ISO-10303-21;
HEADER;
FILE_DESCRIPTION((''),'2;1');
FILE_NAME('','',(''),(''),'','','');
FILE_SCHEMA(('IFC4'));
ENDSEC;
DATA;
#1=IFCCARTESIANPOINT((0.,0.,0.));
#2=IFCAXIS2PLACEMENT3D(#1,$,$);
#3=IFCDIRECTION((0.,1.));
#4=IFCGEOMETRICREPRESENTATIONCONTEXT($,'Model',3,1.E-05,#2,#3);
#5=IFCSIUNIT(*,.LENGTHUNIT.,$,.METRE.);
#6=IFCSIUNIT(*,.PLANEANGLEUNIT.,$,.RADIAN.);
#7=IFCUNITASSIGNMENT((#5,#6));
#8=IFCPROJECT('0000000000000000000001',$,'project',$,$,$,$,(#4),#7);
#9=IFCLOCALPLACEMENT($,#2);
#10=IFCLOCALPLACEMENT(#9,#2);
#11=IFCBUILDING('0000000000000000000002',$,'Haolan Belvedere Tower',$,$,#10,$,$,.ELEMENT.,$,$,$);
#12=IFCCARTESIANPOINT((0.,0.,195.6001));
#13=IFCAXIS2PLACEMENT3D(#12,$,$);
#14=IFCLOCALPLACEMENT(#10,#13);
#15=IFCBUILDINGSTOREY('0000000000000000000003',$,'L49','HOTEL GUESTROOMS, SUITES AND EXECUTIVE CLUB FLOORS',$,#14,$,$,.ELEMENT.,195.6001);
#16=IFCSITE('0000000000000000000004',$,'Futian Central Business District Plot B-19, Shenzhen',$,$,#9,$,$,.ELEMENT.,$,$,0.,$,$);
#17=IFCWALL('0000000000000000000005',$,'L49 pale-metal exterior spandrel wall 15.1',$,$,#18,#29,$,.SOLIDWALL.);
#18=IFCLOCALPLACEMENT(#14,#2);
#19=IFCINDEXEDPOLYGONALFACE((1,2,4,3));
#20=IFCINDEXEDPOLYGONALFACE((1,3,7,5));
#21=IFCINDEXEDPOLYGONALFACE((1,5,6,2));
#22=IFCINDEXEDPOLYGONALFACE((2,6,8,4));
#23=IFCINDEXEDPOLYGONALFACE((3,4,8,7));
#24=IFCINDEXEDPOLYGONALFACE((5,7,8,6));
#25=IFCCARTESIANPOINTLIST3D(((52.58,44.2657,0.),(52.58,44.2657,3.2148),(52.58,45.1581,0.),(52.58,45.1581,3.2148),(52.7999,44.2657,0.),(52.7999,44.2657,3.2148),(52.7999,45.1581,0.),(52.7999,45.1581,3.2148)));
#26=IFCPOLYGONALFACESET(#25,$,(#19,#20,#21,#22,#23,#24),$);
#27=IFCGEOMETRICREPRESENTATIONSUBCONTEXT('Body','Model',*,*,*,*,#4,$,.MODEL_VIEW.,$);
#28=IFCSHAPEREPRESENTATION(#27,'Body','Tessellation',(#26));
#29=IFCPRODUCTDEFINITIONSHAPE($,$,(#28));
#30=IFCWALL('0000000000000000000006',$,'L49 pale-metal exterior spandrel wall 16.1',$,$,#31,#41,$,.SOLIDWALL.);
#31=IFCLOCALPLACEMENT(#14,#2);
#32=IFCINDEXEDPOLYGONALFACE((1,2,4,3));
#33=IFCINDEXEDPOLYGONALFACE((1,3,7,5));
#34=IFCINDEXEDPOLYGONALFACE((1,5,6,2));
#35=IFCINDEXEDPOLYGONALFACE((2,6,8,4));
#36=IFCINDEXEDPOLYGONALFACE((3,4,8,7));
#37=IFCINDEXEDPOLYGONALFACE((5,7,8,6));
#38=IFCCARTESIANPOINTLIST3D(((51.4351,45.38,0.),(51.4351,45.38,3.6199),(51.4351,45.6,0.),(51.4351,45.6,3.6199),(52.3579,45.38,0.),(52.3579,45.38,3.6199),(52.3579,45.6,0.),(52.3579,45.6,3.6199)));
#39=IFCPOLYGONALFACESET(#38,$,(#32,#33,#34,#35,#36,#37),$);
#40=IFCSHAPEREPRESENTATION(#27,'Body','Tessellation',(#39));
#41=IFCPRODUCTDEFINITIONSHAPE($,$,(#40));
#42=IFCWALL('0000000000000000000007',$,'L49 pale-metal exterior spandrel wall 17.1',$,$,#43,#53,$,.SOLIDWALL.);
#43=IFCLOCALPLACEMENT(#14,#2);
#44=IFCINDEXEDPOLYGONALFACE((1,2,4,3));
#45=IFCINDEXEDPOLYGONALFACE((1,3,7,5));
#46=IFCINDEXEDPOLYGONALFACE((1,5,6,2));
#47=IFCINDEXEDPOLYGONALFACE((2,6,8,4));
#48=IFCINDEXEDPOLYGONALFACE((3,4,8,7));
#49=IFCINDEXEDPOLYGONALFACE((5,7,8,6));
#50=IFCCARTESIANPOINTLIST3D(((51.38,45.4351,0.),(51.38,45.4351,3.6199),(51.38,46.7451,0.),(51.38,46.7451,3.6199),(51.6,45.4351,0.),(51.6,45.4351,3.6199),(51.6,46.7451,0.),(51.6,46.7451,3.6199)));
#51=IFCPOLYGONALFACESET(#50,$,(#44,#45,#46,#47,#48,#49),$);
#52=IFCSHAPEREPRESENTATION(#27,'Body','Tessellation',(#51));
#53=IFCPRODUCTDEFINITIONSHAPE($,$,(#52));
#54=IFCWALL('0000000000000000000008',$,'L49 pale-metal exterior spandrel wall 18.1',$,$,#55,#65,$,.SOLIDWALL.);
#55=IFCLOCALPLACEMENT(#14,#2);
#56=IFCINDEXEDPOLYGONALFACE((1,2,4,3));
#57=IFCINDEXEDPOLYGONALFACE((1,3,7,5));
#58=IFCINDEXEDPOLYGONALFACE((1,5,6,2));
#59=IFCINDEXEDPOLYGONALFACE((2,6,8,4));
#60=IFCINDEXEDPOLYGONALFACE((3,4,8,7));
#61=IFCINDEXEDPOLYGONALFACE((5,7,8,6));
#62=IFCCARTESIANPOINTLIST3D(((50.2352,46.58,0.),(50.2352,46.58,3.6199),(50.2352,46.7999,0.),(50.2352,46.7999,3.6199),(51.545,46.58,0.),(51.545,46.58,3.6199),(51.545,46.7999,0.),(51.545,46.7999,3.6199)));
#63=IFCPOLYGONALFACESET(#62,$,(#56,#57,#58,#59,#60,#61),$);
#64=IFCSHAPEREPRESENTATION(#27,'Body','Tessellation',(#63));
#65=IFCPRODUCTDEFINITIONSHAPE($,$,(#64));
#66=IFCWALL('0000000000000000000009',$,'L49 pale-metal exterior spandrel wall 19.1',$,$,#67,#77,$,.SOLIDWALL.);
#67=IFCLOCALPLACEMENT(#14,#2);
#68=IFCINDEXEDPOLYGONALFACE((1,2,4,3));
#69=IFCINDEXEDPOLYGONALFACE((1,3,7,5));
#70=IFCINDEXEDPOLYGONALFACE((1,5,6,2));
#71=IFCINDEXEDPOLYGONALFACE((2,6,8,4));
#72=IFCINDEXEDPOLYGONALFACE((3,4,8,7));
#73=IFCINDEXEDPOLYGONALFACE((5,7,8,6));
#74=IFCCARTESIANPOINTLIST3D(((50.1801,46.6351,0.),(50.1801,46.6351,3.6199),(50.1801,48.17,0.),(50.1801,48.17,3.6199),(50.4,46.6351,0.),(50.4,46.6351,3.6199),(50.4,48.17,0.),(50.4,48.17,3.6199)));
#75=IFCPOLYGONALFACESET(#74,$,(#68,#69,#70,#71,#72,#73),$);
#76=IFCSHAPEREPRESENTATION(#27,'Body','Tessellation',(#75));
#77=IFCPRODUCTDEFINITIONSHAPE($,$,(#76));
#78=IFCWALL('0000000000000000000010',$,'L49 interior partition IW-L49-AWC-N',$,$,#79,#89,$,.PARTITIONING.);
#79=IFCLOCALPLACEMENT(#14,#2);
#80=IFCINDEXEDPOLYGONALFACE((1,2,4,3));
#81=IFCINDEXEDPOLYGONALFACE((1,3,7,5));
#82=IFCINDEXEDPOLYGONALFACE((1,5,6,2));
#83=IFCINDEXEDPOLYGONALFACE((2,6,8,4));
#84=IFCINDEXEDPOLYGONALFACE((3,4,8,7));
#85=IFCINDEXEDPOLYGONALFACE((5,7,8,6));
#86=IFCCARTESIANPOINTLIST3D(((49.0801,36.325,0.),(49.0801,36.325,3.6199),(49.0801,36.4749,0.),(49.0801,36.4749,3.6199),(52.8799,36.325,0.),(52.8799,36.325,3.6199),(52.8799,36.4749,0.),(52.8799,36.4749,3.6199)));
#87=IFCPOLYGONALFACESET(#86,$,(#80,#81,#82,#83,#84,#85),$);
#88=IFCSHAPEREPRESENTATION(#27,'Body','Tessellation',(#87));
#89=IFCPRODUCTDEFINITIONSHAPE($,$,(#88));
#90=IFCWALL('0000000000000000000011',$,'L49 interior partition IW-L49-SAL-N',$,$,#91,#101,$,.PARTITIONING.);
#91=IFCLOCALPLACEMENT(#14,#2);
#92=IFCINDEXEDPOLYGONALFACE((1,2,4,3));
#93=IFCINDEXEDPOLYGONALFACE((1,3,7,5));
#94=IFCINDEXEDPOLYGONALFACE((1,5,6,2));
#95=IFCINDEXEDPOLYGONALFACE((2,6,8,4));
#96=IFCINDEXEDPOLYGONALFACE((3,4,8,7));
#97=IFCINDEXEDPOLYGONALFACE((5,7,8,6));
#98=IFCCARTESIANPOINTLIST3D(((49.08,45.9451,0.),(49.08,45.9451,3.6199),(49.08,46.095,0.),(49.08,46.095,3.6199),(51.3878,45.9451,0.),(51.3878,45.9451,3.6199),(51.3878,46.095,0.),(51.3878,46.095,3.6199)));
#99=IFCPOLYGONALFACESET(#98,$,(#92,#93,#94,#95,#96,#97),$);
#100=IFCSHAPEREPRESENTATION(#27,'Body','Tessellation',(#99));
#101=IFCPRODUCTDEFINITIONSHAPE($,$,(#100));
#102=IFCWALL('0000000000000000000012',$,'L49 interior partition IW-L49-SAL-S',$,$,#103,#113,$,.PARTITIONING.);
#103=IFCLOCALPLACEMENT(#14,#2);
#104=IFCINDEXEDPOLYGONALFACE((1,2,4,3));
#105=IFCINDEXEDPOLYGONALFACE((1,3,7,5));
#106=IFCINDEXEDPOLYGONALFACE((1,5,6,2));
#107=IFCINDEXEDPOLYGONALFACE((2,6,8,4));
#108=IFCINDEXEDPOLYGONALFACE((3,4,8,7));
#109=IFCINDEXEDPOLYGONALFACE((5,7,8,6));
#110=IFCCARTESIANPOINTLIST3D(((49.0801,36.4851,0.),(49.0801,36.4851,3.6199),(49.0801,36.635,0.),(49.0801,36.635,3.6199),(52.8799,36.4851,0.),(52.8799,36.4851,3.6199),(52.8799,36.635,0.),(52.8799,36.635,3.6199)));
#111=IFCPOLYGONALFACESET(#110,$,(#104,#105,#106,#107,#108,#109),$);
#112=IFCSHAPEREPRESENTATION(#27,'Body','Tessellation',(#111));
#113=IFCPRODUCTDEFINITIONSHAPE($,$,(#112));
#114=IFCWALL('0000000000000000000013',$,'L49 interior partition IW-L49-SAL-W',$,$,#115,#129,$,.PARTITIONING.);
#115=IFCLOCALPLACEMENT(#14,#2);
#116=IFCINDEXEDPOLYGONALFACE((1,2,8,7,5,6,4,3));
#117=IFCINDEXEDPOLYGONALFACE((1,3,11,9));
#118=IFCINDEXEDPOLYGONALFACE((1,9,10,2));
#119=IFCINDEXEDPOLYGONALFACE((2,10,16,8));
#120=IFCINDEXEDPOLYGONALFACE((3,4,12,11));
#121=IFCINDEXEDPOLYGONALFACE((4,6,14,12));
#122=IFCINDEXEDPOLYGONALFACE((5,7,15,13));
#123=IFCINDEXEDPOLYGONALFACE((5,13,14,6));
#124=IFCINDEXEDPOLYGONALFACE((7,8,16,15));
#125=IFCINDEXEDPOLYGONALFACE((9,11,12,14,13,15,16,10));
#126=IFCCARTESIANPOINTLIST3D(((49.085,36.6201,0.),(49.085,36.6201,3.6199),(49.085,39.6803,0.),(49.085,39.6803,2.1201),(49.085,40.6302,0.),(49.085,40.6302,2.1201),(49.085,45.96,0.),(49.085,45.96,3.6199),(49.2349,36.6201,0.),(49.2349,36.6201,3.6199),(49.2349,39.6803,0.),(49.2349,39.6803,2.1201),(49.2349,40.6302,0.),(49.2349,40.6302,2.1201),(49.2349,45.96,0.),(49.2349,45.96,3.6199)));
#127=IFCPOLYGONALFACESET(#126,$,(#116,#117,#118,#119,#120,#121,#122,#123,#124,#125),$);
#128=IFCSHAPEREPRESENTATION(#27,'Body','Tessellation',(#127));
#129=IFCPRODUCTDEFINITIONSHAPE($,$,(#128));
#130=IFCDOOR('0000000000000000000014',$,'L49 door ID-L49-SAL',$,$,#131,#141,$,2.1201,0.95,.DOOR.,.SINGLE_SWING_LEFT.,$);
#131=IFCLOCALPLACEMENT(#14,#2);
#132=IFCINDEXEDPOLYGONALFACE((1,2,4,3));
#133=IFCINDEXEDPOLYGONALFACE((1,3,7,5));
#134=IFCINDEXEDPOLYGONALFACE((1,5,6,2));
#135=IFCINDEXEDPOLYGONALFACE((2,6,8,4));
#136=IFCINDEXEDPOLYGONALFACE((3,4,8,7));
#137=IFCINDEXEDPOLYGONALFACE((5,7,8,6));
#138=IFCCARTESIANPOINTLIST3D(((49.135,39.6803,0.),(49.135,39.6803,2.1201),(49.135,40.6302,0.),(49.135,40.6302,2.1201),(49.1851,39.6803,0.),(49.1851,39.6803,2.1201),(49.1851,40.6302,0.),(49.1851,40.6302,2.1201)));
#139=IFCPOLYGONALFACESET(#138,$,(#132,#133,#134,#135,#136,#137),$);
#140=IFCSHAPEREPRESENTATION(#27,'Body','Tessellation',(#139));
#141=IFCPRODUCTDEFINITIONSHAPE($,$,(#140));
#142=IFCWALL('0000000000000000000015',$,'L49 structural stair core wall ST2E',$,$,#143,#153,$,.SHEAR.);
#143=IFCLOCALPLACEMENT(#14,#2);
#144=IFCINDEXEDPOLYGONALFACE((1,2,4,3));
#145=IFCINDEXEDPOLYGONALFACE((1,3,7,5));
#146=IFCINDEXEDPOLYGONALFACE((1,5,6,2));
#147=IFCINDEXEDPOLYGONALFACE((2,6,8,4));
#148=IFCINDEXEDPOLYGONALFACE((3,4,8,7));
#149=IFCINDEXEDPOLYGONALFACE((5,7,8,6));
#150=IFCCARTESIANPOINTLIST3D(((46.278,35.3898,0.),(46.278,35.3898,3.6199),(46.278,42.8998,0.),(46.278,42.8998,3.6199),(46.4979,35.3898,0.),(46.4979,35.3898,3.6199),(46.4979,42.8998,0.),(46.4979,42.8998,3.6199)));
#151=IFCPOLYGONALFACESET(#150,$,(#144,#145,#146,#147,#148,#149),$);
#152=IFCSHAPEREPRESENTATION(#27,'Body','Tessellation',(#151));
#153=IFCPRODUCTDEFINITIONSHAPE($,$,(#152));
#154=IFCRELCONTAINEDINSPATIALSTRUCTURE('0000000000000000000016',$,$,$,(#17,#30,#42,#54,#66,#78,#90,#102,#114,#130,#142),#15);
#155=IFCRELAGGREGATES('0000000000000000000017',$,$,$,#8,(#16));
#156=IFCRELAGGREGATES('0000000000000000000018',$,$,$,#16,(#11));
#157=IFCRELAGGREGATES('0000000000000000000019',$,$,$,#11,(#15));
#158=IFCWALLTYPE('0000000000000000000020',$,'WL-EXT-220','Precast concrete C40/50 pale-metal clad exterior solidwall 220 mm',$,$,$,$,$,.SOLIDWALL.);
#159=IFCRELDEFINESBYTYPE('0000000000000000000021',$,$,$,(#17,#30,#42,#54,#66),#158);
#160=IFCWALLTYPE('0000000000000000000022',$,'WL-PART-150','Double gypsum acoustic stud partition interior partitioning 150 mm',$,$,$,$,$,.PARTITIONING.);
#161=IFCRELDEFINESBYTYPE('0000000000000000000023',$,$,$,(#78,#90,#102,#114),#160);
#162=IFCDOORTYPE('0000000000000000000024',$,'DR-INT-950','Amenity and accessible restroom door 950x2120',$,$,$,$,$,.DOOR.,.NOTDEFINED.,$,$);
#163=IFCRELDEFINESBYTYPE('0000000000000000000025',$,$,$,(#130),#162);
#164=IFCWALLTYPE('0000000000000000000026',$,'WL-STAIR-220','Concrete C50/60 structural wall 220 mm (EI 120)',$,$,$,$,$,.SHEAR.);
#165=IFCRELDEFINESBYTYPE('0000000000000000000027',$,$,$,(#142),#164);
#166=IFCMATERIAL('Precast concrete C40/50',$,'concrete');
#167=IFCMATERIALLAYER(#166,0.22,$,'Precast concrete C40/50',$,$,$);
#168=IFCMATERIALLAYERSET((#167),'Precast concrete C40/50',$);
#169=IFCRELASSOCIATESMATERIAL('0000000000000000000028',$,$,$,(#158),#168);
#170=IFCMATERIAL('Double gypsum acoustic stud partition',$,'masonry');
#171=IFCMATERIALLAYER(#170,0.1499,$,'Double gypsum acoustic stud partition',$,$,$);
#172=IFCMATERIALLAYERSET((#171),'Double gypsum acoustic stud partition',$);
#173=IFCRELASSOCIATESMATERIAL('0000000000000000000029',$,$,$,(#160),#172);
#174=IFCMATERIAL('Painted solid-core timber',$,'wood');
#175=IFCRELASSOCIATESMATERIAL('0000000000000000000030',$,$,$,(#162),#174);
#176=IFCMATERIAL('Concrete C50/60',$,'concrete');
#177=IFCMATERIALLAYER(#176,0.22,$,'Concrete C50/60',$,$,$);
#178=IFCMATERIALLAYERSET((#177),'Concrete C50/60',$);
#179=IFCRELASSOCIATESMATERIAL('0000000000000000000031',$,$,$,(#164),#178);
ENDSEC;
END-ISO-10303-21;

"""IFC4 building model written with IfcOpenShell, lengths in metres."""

from ifc_helpers import new_model, si_unit, direction, frame, frame_2d, origin, place, context, subcontext, project, spatial, rectangle, extrude, material, layer, layer_set, type_object, element, fill, save


model = new_model("IFC4")

# Units and contexts
model_context = context("Model", 3, precision=1e-05, world=origin(), true_north=direction((0.0, 1.0)))
body_context = subcontext(model_context, "Body", "Model", "MODEL_VIEW")
ifc_project = project(units=[si_unit("LENGTHUNIT", "METRE"), si_unit("PLANEANGLEUNIT", "RADIAN")], contexts=[model_context])

# Site, building, storey
site_placement = place(None, origin())
site = spatial("IfcSite", under=ifc_project, at=site_placement, Name="Futian Central Business District Plot B-19, Shenzhen", CompositionType="ELEMENT", RefElevation=0.0)
building_placement = place(site_placement, origin())
building = spatial("IfcBuilding", under=site, at=building_placement, Name="Haolan Belvedere Tower", CompositionType="ELEMENT")
storey_placement = place(building_placement, frame((0.0, 0.0, 195.6001)))
storey = spatial("IfcBuildingStorey", under=building, at=storey_placement, Name="L49", Description="HOTEL GUESTROOMS, SUITES AND EXECUTIVE CLUB FLOORS", CompositionType="ELEMENT", Elevation=195.6001)

# Walls
ifc_material_1 = material(Name="Precast concrete C40/50", Category="concrete")
ifc_layer_1 = layer(ifc_material_1, 0.22, Name="Precast concrete C40/50")
ifc_layer_set_1 = layer_set([ifc_layer_1], Name="Precast concrete C40/50")
wall_type_1 = type_object("IfcWallType", Name="WL-EXT-220", Description="Precast concrete C40/50 pale-metal clad exterior solidwall 220 mm", PredefinedType="SOLIDWALL", material=ifc_layer_set_1)
wall_1_placement = place(storey_placement, frame((52.6899, 44.2656, 0.0), z_axis=(0.0, 0.0, 1.0), x_axis=(0.0, 1.0, 0.0)))
element("IfcWall", 1, at=wall_1_placement, inside=storey, type_object=wall_type_1, Name="L49 pale-metal exterior spandrel wall 15.1", PredefinedType="SOLIDWALL", context=body_context, shape_type="SweptSolid", body=[
    extrude(rectangle(XDim=0.8923, YDim=0.22, at=frame_2d((0.4463, 0.0))), origin(), (0.0, 0.0, 1.0), 3.2148),
])
wall_2_placement = place(storey_placement, frame((52.3579, 45.49, 0.0), z_axis=(0.0, 0.0, 1.0), x_axis=(-1.0, 0.0, 0.0)))
element("IfcWall", 2, at=wall_2_placement, inside=storey, type_object=wall_type_1, Name="L49 pale-metal exterior spandrel wall 16.1", PredefinedType="SOLIDWALL", context=body_context, shape_type="SweptSolid", body=[
    extrude(rectangle(XDim=0.9229, YDim=0.22, at=frame_2d((0.4614, 0.0))), origin(), (0.0, 0.0, 1.0), 3.6199),
])
wall_3_placement = place(storey_placement, frame((51.49, 45.4351, 0.0), z_axis=(0.0, 0.0, 1.0), x_axis=(0.0, 1.0, 0.0)))
element("IfcWall", 3, at=wall_3_placement, inside=storey, type_object=wall_type_1, Name="L49 pale-metal exterior spandrel wall 17.1", PredefinedType="SOLIDWALL", context=body_context, shape_type="SweptSolid", body=[
    extrude(rectangle(XDim=1.3101, YDim=0.22, at=frame_2d((0.655, 0.0))), origin(), (0.0, 0.0, 1.0), 3.6199),
])
wall_4_placement = place(storey_placement, frame((51.5449, 46.6899, 0.0), z_axis=(0.0, 0.0, 1.0), x_axis=(-1.0, 0.0, 0.0)))
element("IfcWall", 4, at=wall_4_placement, inside=storey, type_object=wall_type_1, Name="L49 pale-metal exterior spandrel wall 18.1", PredefinedType="SOLIDWALL", context=body_context, shape_type="SweptSolid", body=[
    extrude(rectangle(XDim=1.3098, YDim=0.22, at=frame_2d((0.6548, 0.0))), origin(), (0.0, 0.0, 1.0), 3.6199),
])
wall_5_placement = place(storey_placement, frame((50.29, 46.635, 0.0), z_axis=(0.0, 0.0, 1.0), x_axis=(0.0, 1.0, 0.0)))
element("IfcWall", 5, at=wall_5_placement, inside=storey, type_object=wall_type_1, Name="L49 pale-metal exterior spandrel wall 19.1", PredefinedType="SOLIDWALL", context=body_context, shape_type="SweptSolid", body=[
    extrude(rectangle(XDim=1.5349, YDim=0.22, at=frame_2d((0.7676, 0.0))), origin(), (0.0, 0.0, 1.0), 3.6199),
])
ifc_material_2 = material(Name="Double gypsum acoustic stud partition", Category="masonry")
ifc_layer_2 = layer(ifc_material_2, 0.1499, Name="Double gypsum acoustic stud partition")
ifc_layer_set_2 = layer_set([ifc_layer_2], Name="Double gypsum acoustic stud partition")
wall_type_2 = type_object("IfcWallType", Name="WL-PART-150", Description="Double gypsum acoustic stud partition interior partitioning 150 mm", PredefinedType="PARTITIONING", material=ifc_layer_set_2)
wall_6_placement = place(storey_placement, frame((49.0801, 36.3999, 0.0), z_axis=(0.0, 0.0, 1.0), x_axis=(1.0, 0.0, 0.0)))
element("IfcWall", 6, at=wall_6_placement, inside=storey, type_object=wall_type_2, Name="L49 interior partition IW-L49-AWC-N", PredefinedType="PARTITIONING", context=body_context, shape_type="SweptSolid", body=[
    extrude(rectangle(XDim=3.7998, YDim=0.1499, at=frame_2d((1.8999, 0.0))), origin(), (0.0, 0.0, 1.0), 3.6199),
])
wall_7_placement = place(storey_placement, frame((49.0801, 46.02, 0.0), z_axis=(0.0, 0.0, 1.0), x_axis=(1.0, 0.0, 0.0)))
element("IfcWall", 7, at=wall_7_placement, inside=storey, type_object=wall_type_2, Name="L49 interior partition IW-L49-SAL-N", PredefinedType="PARTITIONING", context=body_context, shape_type="SweptSolid", body=[
    extrude(rectangle(XDim=2.3079, YDim=0.1499, at=frame_2d((1.1538, 0.0))), origin(), (0.0, 0.0, 1.0), 3.6199),
])
wall_8_placement = place(storey_placement, frame((49.0801, 36.5601, 0.0), z_axis=(0.0, 0.0, 1.0), x_axis=(1.0, 0.0, 0.0)))
element("IfcWall", 8, at=wall_8_placement, inside=storey, type_object=wall_type_2, Name="L49 interior partition IW-L49-SAL-S", PredefinedType="PARTITIONING", context=body_context, shape_type="SweptSolid", body=[
    extrude(rectangle(XDim=3.7998, YDim=0.1499, at=frame_2d((1.8999, 0.0))), origin(), (0.0, 0.0, 1.0), 3.6199),
])

# Wall, opening, door
wall_9_placement = place(storey_placement, frame((49.1599, 36.6201, 0.0), z_axis=(0.0, 0.0, 1.0), x_axis=(0.0, 1.0, 0.0)))
wall_9 = element("IfcWall", 9, at=wall_9_placement, inside=storey, type_object=wall_type_2, Name="L49 interior partition IW-L49-SAL-W", PredefinedType="PARTITIONING", context=body_context, shape_type="SweptSolid", body=[
    extrude(rectangle(XDim=9.3398, YDim=0.1499, at=frame_2d((4.6699, 0.0))), origin(), (0.0, 0.0, 1.0), 3.6199),
])
opening_placement = place(wall_9_placement, frame((3.0601, 0.0, 0.0)))
opening = element("IfcOpeningElement", 10, at=opening_placement, cuts=wall_9, PredefinedType="OPENING", context=body_context, shape_type="SweptSolid", body=[
    extrude(rectangle(XDim=0.95, YDim=2.1201, at=frame_2d((0.4751, 1.0601))), frame((0.0, 0.085, 0.0), z_axis=(0.0, -1.0, 0.0), x_axis=(1.0, 0.0, 0.0)), (0.0, 0.0, 1.0), 0.1699),
])
ifc_material_3 = material(Name="Painted solid-core timber", Category="wood")
door_type = type_object("IfcDoorType", Name="DR-INT-950", Description="Amenity and accessible restroom door 950x2120", OperationType="NOTDEFINED", PredefinedType="DOOR", material=ifc_material_3)
door_placement = place(opening_placement, origin())
door = element("IfcDoor", 11, at=door_placement, inside=storey, type_object=door_type, Name="L49 door ID-L49-SAL", OperationType="SINGLE_SWING_LEFT", OverallHeight=2.1201, OverallWidth=0.95, PredefinedType="DOOR", context=body_context, shape_type="SweptSolid", body=[
    extrude(rectangle(XDim=0.95, YDim=2.1201, at=frame_2d((0.4751, 1.0601))), frame((0.0, 0.0249, 0.0), z_axis=(0.0, -1.0, 0.0), x_axis=(1.0, 0.0, 0.0)), (0.0, 0.0, 1.0), 0.05),
])
fill(opening, door)

# Wall
ifc_material_4 = material(Name="Concrete C50/60", Category="concrete")
ifc_layer_3 = layer(ifc_material_4, 0.22, Name="Concrete C50/60")
ifc_layer_set_3 = layer_set([ifc_layer_3], Name="Concrete C50/60")
wall_type_3 = type_object("IfcWallType", Name="WL-STAIR-220", Description="Concrete C50/60 structural wall 220 mm (EI 120)", PredefinedType="SHEAR", material=ifc_layer_set_3)
wall_10_placement = place(storey_placement, frame((46.3879, 35.3899, 0.0), z_axis=(0.0, 0.0, 1.0), x_axis=(0.0, 1.0, 0.0)))
element("IfcWall", 12, at=wall_10_placement, inside=storey, type_object=wall_type_3, Name="L49 structural stair core wall ST2E", PredefinedType="SHEAR", context=body_context, shape_type="SweptSolid", body=[
    extrude(rectangle(XDim=7.51, YDim=0.22, at=frame_2d((3.7549, 0.0))), origin(), (0.0, 0.0, 1.0), 3.6199),
])

save(model, "model.ifc")
